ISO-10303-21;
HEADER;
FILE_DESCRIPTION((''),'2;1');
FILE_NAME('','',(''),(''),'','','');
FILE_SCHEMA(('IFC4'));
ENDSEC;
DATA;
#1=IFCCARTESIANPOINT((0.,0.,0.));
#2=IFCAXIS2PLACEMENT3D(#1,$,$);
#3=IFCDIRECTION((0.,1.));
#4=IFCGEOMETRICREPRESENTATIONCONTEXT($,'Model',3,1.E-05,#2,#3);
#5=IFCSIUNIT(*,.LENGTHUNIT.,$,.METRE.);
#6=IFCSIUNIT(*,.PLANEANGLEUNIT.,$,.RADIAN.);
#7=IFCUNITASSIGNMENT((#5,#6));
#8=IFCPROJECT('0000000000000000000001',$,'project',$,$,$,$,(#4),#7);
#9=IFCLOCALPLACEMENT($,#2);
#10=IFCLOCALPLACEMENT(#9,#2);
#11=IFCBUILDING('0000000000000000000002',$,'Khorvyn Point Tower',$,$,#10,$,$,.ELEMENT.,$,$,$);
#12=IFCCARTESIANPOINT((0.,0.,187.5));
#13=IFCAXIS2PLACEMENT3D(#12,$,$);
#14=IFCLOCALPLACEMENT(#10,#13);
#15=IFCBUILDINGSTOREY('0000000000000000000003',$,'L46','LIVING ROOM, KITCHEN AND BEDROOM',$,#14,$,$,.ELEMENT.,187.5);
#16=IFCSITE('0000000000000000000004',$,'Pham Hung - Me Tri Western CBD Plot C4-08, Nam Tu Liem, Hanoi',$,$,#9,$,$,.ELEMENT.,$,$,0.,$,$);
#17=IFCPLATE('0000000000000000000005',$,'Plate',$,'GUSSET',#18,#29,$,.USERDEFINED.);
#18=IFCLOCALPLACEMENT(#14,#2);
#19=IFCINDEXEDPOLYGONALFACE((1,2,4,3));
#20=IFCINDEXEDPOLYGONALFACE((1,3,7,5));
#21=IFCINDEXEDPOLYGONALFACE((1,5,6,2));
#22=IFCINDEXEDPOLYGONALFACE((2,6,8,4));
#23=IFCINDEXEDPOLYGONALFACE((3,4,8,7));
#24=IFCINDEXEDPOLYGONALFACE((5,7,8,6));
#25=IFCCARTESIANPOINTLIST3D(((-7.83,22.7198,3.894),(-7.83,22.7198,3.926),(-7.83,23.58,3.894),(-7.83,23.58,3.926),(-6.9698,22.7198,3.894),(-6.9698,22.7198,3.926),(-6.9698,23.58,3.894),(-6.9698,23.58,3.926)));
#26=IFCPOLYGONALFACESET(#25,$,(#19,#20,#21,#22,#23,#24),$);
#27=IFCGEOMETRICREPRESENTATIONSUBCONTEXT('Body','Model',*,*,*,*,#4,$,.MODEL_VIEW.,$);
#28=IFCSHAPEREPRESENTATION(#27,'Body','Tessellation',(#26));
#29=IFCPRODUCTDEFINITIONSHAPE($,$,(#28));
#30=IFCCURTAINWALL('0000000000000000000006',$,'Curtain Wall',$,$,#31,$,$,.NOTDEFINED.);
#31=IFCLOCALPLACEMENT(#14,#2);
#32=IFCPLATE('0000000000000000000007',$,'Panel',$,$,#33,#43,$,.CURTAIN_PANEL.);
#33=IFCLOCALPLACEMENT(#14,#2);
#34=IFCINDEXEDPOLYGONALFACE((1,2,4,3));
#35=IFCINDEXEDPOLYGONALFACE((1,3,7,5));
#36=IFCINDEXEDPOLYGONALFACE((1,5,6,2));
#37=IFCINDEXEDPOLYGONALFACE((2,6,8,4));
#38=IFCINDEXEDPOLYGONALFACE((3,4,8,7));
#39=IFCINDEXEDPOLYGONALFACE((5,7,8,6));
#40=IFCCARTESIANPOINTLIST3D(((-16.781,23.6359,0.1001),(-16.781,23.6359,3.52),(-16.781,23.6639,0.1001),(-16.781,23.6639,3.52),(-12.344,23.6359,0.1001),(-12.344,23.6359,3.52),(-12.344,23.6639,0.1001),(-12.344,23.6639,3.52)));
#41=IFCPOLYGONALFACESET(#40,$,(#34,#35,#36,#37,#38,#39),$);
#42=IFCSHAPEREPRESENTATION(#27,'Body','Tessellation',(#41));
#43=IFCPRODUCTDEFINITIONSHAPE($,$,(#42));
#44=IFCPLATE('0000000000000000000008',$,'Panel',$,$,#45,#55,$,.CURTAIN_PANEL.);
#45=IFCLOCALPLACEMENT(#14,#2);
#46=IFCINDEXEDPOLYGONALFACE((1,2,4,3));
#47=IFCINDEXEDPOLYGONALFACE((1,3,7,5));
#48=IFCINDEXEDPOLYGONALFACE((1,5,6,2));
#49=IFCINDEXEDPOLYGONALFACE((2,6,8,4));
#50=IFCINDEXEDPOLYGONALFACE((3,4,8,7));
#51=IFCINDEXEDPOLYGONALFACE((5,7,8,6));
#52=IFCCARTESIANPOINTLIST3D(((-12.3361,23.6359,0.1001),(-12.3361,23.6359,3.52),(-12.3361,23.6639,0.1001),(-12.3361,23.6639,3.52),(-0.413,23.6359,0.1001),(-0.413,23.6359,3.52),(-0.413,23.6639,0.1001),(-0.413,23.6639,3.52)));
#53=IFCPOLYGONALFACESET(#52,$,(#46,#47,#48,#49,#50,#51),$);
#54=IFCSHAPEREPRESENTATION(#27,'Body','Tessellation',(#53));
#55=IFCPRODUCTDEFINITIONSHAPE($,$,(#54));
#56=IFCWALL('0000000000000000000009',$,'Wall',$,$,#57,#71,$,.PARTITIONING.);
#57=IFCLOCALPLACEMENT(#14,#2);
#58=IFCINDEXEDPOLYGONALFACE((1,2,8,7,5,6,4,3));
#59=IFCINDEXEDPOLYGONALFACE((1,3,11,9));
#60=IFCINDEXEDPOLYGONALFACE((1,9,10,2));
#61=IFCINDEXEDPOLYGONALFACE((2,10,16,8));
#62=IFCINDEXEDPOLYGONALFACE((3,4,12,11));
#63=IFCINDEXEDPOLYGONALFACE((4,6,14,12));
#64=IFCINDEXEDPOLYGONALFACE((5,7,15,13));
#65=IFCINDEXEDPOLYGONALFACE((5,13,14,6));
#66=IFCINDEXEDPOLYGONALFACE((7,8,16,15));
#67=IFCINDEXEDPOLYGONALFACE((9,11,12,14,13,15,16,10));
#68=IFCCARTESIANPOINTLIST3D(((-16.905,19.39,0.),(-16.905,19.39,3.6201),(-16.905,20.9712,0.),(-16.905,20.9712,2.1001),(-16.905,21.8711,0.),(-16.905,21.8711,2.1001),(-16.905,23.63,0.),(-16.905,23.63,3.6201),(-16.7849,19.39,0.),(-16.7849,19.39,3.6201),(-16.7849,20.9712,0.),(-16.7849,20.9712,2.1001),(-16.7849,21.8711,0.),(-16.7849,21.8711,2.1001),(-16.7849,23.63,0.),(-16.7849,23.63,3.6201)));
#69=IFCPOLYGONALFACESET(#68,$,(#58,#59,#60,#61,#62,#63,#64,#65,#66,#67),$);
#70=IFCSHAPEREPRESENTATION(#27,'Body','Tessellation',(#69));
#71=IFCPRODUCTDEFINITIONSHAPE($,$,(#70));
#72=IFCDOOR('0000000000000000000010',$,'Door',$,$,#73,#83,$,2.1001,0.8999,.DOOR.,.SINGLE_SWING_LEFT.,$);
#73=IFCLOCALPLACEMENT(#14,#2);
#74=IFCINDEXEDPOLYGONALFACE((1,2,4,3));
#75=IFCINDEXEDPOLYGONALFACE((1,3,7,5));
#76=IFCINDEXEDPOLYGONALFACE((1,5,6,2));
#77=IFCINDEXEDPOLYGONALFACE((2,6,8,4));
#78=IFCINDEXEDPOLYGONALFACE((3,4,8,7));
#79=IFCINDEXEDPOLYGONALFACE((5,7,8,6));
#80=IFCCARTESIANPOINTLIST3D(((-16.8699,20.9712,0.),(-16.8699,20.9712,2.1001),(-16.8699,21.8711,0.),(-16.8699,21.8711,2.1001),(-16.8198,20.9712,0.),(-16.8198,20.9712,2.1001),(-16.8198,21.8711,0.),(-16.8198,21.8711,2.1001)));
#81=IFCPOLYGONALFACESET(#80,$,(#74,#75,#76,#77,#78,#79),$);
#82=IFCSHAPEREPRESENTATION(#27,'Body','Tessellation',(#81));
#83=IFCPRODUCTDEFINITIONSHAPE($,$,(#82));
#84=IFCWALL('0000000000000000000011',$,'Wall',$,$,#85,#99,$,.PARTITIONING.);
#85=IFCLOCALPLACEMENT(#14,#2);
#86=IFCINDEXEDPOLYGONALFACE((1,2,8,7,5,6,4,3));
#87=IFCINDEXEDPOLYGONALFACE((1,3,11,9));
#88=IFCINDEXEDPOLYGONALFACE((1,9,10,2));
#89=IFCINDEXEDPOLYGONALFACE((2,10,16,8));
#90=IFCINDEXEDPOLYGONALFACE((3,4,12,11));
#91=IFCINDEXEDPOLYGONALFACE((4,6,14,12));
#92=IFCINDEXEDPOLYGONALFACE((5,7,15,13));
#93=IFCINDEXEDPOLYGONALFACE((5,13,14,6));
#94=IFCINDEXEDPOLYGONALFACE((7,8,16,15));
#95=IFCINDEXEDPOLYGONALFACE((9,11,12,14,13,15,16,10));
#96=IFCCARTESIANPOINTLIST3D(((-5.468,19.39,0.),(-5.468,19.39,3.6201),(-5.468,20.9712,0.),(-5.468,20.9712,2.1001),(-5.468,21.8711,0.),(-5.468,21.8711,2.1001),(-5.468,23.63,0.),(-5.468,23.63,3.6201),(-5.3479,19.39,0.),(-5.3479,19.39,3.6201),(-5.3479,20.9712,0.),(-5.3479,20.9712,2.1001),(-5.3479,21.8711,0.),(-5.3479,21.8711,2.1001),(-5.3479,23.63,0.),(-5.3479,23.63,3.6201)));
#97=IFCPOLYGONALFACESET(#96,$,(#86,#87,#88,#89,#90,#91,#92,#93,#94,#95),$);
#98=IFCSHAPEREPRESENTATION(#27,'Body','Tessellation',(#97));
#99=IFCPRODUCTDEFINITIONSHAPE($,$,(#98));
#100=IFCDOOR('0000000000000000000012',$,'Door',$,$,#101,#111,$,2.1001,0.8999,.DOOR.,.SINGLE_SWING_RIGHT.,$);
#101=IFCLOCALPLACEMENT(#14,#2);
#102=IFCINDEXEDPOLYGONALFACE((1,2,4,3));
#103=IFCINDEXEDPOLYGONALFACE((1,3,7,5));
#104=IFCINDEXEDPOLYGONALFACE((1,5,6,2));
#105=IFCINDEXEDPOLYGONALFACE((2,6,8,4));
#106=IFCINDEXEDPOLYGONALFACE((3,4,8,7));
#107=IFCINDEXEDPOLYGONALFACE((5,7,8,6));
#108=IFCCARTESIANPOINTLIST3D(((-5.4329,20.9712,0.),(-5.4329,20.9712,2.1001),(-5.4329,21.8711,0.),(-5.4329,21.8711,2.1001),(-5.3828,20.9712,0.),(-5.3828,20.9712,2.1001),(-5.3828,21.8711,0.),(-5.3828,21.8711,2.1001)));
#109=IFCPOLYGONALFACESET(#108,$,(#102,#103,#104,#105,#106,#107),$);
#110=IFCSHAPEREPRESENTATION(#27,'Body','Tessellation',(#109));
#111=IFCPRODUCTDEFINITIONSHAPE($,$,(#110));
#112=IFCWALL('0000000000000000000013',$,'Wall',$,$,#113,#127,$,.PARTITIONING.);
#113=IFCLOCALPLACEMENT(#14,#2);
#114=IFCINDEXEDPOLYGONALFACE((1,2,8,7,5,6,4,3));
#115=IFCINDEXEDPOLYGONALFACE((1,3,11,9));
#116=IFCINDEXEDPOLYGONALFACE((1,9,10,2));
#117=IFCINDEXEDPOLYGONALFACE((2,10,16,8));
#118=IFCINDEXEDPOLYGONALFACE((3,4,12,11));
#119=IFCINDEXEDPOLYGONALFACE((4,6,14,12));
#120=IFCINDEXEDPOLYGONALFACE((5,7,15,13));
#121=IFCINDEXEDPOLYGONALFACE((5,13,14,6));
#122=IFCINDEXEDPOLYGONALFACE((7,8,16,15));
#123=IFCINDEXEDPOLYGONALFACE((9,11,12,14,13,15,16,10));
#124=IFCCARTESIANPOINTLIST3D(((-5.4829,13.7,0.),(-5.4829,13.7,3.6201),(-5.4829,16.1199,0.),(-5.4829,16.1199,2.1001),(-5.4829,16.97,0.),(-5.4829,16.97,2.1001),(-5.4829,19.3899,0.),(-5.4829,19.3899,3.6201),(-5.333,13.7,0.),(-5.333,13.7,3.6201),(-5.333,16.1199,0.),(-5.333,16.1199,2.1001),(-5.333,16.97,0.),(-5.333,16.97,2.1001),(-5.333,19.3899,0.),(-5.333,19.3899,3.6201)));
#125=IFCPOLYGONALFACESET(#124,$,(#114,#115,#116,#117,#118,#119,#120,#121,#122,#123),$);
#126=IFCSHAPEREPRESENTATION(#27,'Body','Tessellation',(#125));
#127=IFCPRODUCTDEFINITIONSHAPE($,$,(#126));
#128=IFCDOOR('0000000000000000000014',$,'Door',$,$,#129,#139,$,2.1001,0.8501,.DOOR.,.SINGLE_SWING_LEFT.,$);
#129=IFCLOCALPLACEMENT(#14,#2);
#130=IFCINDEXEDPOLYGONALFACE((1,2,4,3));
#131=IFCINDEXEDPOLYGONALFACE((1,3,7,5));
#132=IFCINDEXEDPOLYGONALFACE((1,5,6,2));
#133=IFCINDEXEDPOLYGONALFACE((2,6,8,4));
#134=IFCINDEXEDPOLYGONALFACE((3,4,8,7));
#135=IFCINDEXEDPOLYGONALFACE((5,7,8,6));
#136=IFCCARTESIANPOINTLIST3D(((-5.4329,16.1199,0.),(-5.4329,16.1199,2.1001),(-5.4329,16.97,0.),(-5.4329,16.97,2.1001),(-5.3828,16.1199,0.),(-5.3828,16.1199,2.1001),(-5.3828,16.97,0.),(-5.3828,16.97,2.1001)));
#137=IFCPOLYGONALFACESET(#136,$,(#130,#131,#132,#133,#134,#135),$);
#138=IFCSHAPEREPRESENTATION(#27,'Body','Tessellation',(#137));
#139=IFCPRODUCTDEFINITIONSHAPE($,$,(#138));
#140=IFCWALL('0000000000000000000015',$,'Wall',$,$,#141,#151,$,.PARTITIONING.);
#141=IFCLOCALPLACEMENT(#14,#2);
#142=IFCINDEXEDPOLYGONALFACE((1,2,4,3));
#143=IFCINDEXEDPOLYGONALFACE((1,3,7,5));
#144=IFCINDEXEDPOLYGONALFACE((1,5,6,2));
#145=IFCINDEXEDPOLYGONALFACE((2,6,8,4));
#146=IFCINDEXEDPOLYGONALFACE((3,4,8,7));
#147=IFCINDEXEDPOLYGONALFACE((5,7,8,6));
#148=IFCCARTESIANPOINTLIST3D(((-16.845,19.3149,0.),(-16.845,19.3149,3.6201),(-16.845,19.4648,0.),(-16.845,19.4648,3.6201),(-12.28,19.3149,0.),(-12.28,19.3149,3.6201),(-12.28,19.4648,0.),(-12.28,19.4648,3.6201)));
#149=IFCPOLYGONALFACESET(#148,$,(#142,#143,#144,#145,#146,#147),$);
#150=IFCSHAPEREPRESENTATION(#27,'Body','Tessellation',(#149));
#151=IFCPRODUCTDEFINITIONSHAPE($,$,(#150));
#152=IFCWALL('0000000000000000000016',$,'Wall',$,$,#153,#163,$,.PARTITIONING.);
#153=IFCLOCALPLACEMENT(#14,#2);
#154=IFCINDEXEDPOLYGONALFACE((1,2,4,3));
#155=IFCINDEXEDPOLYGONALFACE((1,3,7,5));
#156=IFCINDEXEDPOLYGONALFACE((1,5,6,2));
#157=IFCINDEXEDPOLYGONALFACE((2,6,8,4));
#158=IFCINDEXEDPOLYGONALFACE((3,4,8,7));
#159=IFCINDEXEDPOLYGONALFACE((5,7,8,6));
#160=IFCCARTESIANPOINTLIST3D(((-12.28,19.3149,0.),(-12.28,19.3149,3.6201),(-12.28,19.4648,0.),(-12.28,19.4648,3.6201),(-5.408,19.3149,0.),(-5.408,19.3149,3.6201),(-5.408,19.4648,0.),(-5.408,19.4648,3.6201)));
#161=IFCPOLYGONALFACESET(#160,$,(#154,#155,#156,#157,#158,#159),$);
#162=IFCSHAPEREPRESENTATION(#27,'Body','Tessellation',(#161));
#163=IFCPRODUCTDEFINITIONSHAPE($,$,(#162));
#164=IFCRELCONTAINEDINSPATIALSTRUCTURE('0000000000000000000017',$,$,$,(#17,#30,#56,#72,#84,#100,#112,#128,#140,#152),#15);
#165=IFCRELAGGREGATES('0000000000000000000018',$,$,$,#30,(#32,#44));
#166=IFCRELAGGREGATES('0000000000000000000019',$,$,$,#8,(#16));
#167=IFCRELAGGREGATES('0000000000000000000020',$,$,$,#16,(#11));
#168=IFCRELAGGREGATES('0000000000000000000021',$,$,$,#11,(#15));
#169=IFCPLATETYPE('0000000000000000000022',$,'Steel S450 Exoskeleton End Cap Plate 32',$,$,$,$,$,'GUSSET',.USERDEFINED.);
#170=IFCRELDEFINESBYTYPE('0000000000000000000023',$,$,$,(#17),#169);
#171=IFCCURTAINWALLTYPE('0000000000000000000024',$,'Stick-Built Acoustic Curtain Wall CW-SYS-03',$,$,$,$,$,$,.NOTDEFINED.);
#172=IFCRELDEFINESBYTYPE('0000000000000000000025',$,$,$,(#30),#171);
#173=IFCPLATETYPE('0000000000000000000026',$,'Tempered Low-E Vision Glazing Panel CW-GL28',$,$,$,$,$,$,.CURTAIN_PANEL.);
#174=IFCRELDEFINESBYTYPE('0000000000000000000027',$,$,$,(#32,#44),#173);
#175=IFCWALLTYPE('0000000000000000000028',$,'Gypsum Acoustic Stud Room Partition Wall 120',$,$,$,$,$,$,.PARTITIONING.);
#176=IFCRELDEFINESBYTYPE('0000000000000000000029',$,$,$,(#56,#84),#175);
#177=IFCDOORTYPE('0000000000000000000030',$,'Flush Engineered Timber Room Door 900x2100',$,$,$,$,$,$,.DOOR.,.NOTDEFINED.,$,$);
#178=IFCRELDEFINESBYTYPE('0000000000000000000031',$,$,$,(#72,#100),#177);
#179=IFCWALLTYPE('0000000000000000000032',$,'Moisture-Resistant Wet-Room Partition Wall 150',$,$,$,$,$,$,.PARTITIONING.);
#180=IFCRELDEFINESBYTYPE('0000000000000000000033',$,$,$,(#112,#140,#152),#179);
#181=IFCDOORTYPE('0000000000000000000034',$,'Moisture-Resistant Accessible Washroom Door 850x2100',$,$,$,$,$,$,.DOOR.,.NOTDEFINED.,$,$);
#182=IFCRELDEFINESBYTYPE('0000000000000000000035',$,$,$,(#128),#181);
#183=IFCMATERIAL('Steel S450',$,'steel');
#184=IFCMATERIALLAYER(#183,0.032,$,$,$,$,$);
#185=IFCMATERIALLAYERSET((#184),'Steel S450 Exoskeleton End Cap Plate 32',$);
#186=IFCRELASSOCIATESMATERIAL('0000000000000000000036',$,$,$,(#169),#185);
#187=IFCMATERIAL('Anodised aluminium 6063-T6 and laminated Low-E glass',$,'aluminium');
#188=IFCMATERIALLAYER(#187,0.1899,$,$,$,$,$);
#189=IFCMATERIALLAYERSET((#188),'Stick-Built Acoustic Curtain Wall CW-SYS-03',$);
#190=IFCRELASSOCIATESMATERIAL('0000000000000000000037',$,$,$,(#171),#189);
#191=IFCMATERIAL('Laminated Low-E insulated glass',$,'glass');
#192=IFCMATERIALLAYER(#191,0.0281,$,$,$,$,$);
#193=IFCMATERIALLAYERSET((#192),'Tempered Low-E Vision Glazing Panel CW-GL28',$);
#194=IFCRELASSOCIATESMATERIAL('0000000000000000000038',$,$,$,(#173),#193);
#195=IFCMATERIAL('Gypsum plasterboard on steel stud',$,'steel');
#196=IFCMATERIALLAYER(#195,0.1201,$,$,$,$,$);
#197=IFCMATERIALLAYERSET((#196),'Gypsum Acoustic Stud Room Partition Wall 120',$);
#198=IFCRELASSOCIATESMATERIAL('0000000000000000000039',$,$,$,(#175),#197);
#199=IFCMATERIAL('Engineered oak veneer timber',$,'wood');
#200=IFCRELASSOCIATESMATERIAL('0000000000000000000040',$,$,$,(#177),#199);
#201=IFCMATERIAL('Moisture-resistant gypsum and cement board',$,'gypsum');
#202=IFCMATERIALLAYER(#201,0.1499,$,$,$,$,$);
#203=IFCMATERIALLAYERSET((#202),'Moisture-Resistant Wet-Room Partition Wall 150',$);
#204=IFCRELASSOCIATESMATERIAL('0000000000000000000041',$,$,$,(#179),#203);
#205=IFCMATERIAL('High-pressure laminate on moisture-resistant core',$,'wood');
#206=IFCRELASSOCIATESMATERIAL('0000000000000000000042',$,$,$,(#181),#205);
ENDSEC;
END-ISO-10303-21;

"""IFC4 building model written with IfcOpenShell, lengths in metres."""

from ifc_helpers import new_model, si_unit, direction, frame, frame_2d, origin, origin_2d, place, context, subcontext, project, spatial, rectangle, extrude, material, layer, layer_set, type_object, element, fill, aggregate, save


model = new_model("IFC4")

# Units and contexts
model_context = context("Model", 3, precision=1e-05, world=origin(), true_north=direction((0.0, 1.0)))
body_context = subcontext(model_context, "Body", "Model", "MODEL_VIEW")
ifc_project = project(units=[si_unit("LENGTHUNIT", "METRE"), si_unit("PLANEANGLEUNIT", "RADIAN")], contexts=[model_context])

# Site, building, storey
site_placement = place(None, origin())
site = spatial("IfcSite", under=ifc_project, at=site_placement, Name="Pham Hung - Me Tri Western CBD Plot C4-08, Nam Tu Liem, Hanoi", CompositionType="ELEMENT", RefElevation=0.0)
building_placement = place(site_placement, origin())
building = spatial("IfcBuilding", under=site, at=building_placement, Name="Khorvyn Point Tower", CompositionType="ELEMENT")
storey_placement = place(building_placement, frame((0.0, 0.0, 187.5)))
storey = spatial("IfcBuildingStorey", under=building, at=storey_placement, Name="L46", Description="LIVING ROOM, KITCHEN AND BEDROOM", CompositionType="ELEMENT", Elevation=187.5)

# Shared definitions
ifc_material_1 = material(Name="Steel S450", Category="steel")

# Plate
ifc_layer_1 = layer(ifc_material_1, 0.032)
ifc_layer_set_1 = layer_set([ifc_layer_1], Name="Steel S450 Exoskeleton End Cap Plate 32")
plate_type_1 = type_object("IfcPlateType", Name="Steel S450 Exoskeleton End Cap Plate 32", ElementType="GUSSET", PredefinedType="USERDEFINED", material=ifc_layer_set_1)
for number, where, z_axis, x_axis, name in (
    (1, (-7.3999, 23.1499, 3.894), (0.0, 0.0, 1.0), (1.0, 0.0, 0.0), "Plate"),
):
    element("IfcPlate", number, at=place(storey_placement, frame(where, z_axis=z_axis, x_axis=x_axis)), inside=storey, type_object=plate_type_1, Name=name, ObjectType="GUSSET", PredefinedType="USERDEFINED", context=body_context, shape_type="SweptSolid", body=[
        extrude(rectangle(XDim=0.8601, YDim=0.8601, at=origin_2d()), origin(), (0.0, 0.0, 1.0), 0.032),
    ])

# Curtain wall, plates
ifc_material_2 = material(Name="Anodised aluminium 6063-T6 and laminated Low-E glass", Category="aluminium")
ifc_layer_2 = layer(ifc_material_2, 0.1899)
ifc_layer_set_2 = layer_set([ifc_layer_2], Name="Stick-Built Acoustic Curtain Wall CW-SYS-03")
curtain_wall_type = type_object("IfcCurtainWallType", Name="Stick-Built Acoustic Curtain Wall CW-SYS-03", PredefinedType="NOTDEFINED", material=ifc_layer_set_2)
curtain_wall_placement = place(storey_placement, origin())
curtain_wall = element("IfcCurtainWall", 2, at=curtain_wall_placement, inside=storey, type_object=curtain_wall_type, Name="Curtain Wall", PredefinedType="NOTDEFINED")
ifc_material_3 = material(Name="Laminated Low-E insulated glass", Category="glass")
ifc_layer_3 = layer(ifc_material_3, 0.0281)
ifc_layer_set_3 = layer_set([ifc_layer_3], Name="Tempered Low-E Vision Glazing Panel CW-GL28")
plate_type_2 = type_object("IfcPlateType", Name="Tempered Low-E Vision Glazing Panel CW-GL28", PredefinedType="CURTAIN_PANEL", material=ifc_layer_set_3)
plate_1_placement = place(storey_placement, frame((-14.5625, 23.6499, 0.1001), z_axis=(0.0, 0.0, 1.0), x_axis=(1.0, 0.0, 0.0)))
plate_1 = element("IfcPlate", 3, at=plate_1_placement, type_object=plate_type_2, Name="Panel", PredefinedType="CURTAIN_PANEL", context=body_context, shape_type="SweptSolid", body=[
    extrude(rectangle(XDim=4.437, YDim=0.0281, at=origin_2d()), origin(), (0.0, 0.0, 1.0), 3.4199),
])
plate_2_placement = place(storey_placement, frame((-6.3745, 23.6499, 0.1001), z_axis=(0.0, 0.0, 1.0), x_axis=(1.0, 0.0, 0.0)))
plate_2 = element("IfcPlate", 4, at=plate_2_placement, type_object=plate_type_2, Name="Panel", PredefinedType="CURTAIN_PANEL", context=body_context, shape_type="SweptSolid", body=[
    extrude(rectangle(XDim=11.9231, YDim=0.0281, at=origin_2d()), origin(), (0.0, 0.0, 1.0), 3.4199),
])
aggregate(curtain_wall, [plate_1, plate_2])

# Walls, openings, doors
ifc_material_4 = material(Name="Gypsum plasterboard on steel stud", Category="steel")
ifc_layer_4 = layer(ifc_material_4, 0.1201)
ifc_layer_set_4 = layer_set([ifc_layer_4], Name="Gypsum Acoustic Stud Room Partition Wall 120")
wall_type_1 = type_object("IfcWallType", Name="Gypsum Acoustic Stud Room Partition Wall 120", PredefinedType="PARTITIONING", material=ifc_layer_set_4)
wall_1_placement = place(storey_placement, frame((-16.845, 19.3899, 0.0), z_axis=(0.0, 0.0, 1.0), x_axis=(0.0, 1.0, 0.0)))
wall_1 = element("IfcWall", 5, at=wall_1_placement, inside=storey, type_object=wall_type_1, Name="Wall", PredefinedType="PARTITIONING", context=body_context, shape_type="SweptSolid", body=[
    extrude(rectangle(XDim=4.24, YDim=0.1201, at=frame_2d((2.1201, 0.0))), origin(), (0.0, 0.0, 1.0), 3.6201),
])
opening_1_placement = place(wall_1_placement, frame((1.5813, 0.0, 0.0)))
opening_1 = element("IfcOpeningElement", 6, at=opening_1_placement, cuts=wall_1, PredefinedType="OPENING", context=body_context, shape_type="SweptSolid", body=[
    extrude(rectangle(XDim=0.8999, YDim=2.1001, at=frame_2d((0.45, 1.05))), frame((0.0, 0.0701, 0.0), z_axis=(0.0, -1.0, 0.0), x_axis=(1.0, 0.0, 0.0)), (0.0, 0.0, 1.0), 0.1401),
])
ifc_material_5 = material(Name="Engineered oak veneer timber", Category="wood")
door_type_1 = type_object("IfcDoorType", Name="Flush Engineered Timber Room Door 900x2100", OperationType="NOTDEFINED", PredefinedType="DOOR", material=ifc_material_5)
door_1_placement = place(opening_1_placement, origin())
door_1 = element("IfcDoor", 7, at=door_1_placement, inside=storey, type_object=door_type_1, Name="Door", OperationType="SINGLE_SWING_LEFT", OverallHeight=2.1001, OverallWidth=0.8999, PredefinedType="DOOR", context=body_context, shape_type="SweptSolid", body=[
    extrude(rectangle(XDim=0.8999, YDim=2.1001, at=frame_2d((0.45, 1.05))), frame((0.0, 0.0249, 0.0), z_axis=(0.0, -1.0, 0.0), x_axis=(1.0, 0.0, 0.0)), (0.0, 0.0, 1.0), 0.05),
])
fill(opening_1, door_1)
wall_2_placement = place(storey_placement, frame((-5.408, 19.3899, 0.0), z_axis=(0.0, 0.0, 1.0), x_axis=(0.0, 1.0, 0.0)))
wall_2 = element("IfcWall", 8, at=wall_2_placement, inside=storey, type_object=wall_type_1, Name="Wall", PredefinedType="PARTITIONING", context=body_context, shape_type="SweptSolid", body=[
    extrude(rectangle(XDim=4.24, YDim=0.1201, at=frame_2d((2.1201, 0.0))), origin(), (0.0, 0.0, 1.0), 3.6201),
])
opening_2_placement = place(wall_2_placement, frame((1.5813, 0.0, 0.0)))
opening_2 = element("IfcOpeningElement", 9, at=opening_2_placement, cuts=wall_2, PredefinedType="OPENING", context=body_context, shape_type="SweptSolid", body=[
    extrude(rectangle(XDim=0.8999, YDim=2.1001, at=frame_2d((0.45, 1.05))), frame((0.0, 0.0701, 0.0), z_axis=(0.0, -1.0, 0.0), x_axis=(1.0, 0.0, 0.0)), (0.0, 0.0, 1.0), 0.1401),
])
door_2_placement = place(opening_2_placement, origin())
door_2 = element("IfcDoor", 10, at=door_2_placement, inside=storey, type_object=door_type_1, Name="Door", OperationType="SINGLE_SWING_RIGHT", OverallHeight=2.1001, OverallWidth=0.8999, PredefinedType="DOOR", context=body_context, shape_type="SweptSolid", body=[
    extrude(rectangle(XDim=0.8999, YDim=2.1001, at=frame_2d((0.45, 1.05))), frame((0.0, 0.0249, 0.0), z_axis=(0.0, -1.0, 0.0), x_axis=(1.0, 0.0, 0.0)), (0.0, 0.0, 1.0), 0.05),
])
fill(opening_2, door_2)
ifc_material_6 = material(Name="Moisture-resistant gypsum and cement board", Category="gypsum")
ifc_layer_5 = layer(ifc_material_6, 0.1499)
ifc_layer_set_5 = layer_set([ifc_layer_5], Name="Moisture-Resistant Wet-Room Partition Wall 150")
wall_type_2 = type_object("IfcWallType", Name="Moisture-Resistant Wet-Room Partition Wall 150", PredefinedType="PARTITIONING", material=ifc_layer_set_5)
wall_3_placement = place(storey_placement, frame((-5.408, 13.7, 0.0), z_axis=(0.0, 0.0, 1.0), x_axis=(0.0, 1.0, 0.0)))
wall_3 = element("IfcWall", 11, at=wall_3_placement, inside=storey, type_object=wall_type_2, Name="Wall", PredefinedType="PARTITIONING", context=body_context, shape_type="SweptSolid", body=[
    extrude(rectangle(XDim=5.6899, YDim=0.1499, at=frame_2d((2.845, 0.0))), origin(), (0.0, 0.0, 1.0), 3.6201),
])
opening_3_placement = place(wall_3_placement, frame((2.4199, 0.0, 0.0)))
opening_3 = element("IfcOpeningElement", 12, at=opening_3_placement, cuts=wall_3, PredefinedType="OPENING", context=body_context, shape_type="SweptSolid", body=[
    extrude(rectangle(XDim=0.8501, YDim=2.1001, at=frame_2d((0.425, 1.05))), frame((0.0, 0.085, 0.0), z_axis=(0.0, -1.0, 0.0), x_axis=(1.0, 0.0, 0.0)), (0.0, 0.0, 1.0), 0.1699),
])
ifc_material_7 = material(Name="High-pressure laminate on moisture-resistant core", Category="wood")
door_type_2 = type_object("IfcDoorType", Name="Moisture-Resistant Accessible Washroom Door 850x2100", OperationType="NOTDEFINED", PredefinedType="DOOR", material=ifc_material_7)
door_3_placement = place(opening_3_placement, origin())
door_3 = element("IfcDoor", 13, at=door_3_placement, inside=storey, type_object=door_type_2, Name="Door", OperationType="SINGLE_SWING_LEFT", OverallHeight=2.1001, OverallWidth=0.8501, PredefinedType="DOOR", context=body_context, shape_type="SweptSolid", body=[
    extrude(rectangle(XDim=0.8501, YDim=2.1001, at=frame_2d((0.425, 1.05))), frame((0.0, 0.0249, 0.0), z_axis=(0.0, -1.0, 0.0), x_axis=(1.0, 0.0, 0.0)), (0.0, 0.0, 1.0), 0.05),
])
fill(opening_3, door_3)

# Walls
wall_4_placement = place(storey_placement, frame((-16.845, 19.3899, 0.0), z_axis=(0.0, 0.0, 1.0), x_axis=(1.0, 0.0, 0.0)))
element("IfcWall", 14, at=wall_4_placement, inside=storey, type_object=wall_type_2, Name="Wall", PredefinedType="PARTITIONING", context=body_context, shape_type="SweptSolid", body=[
    extrude(rectangle(XDim=4.5649, YDim=0.1499, at=frame_2d((2.2825, 0.0))), origin(), (0.0, 0.0, 1.0), 3.6201),
])
wall_5_placement = place(storey_placement, frame((-12.28, 19.3899, 0.0), z_axis=(0.0, 0.0, 1.0), x_axis=(1.0, 0.0, 0.0)))
element("IfcWall", 15, at=wall_5_placement, inside=storey, type_object=wall_type_2, Name="Wall", PredefinedType="PARTITIONING", context=body_context, shape_type="SweptSolid", body=[
    extrude(rectangle(XDim=6.8721, YDim=0.1499, at=frame_2d((3.436, 0.0))), origin(), (0.0, 0.0, 1.0), 3.6201),
])

save(model, "model.ifc")
